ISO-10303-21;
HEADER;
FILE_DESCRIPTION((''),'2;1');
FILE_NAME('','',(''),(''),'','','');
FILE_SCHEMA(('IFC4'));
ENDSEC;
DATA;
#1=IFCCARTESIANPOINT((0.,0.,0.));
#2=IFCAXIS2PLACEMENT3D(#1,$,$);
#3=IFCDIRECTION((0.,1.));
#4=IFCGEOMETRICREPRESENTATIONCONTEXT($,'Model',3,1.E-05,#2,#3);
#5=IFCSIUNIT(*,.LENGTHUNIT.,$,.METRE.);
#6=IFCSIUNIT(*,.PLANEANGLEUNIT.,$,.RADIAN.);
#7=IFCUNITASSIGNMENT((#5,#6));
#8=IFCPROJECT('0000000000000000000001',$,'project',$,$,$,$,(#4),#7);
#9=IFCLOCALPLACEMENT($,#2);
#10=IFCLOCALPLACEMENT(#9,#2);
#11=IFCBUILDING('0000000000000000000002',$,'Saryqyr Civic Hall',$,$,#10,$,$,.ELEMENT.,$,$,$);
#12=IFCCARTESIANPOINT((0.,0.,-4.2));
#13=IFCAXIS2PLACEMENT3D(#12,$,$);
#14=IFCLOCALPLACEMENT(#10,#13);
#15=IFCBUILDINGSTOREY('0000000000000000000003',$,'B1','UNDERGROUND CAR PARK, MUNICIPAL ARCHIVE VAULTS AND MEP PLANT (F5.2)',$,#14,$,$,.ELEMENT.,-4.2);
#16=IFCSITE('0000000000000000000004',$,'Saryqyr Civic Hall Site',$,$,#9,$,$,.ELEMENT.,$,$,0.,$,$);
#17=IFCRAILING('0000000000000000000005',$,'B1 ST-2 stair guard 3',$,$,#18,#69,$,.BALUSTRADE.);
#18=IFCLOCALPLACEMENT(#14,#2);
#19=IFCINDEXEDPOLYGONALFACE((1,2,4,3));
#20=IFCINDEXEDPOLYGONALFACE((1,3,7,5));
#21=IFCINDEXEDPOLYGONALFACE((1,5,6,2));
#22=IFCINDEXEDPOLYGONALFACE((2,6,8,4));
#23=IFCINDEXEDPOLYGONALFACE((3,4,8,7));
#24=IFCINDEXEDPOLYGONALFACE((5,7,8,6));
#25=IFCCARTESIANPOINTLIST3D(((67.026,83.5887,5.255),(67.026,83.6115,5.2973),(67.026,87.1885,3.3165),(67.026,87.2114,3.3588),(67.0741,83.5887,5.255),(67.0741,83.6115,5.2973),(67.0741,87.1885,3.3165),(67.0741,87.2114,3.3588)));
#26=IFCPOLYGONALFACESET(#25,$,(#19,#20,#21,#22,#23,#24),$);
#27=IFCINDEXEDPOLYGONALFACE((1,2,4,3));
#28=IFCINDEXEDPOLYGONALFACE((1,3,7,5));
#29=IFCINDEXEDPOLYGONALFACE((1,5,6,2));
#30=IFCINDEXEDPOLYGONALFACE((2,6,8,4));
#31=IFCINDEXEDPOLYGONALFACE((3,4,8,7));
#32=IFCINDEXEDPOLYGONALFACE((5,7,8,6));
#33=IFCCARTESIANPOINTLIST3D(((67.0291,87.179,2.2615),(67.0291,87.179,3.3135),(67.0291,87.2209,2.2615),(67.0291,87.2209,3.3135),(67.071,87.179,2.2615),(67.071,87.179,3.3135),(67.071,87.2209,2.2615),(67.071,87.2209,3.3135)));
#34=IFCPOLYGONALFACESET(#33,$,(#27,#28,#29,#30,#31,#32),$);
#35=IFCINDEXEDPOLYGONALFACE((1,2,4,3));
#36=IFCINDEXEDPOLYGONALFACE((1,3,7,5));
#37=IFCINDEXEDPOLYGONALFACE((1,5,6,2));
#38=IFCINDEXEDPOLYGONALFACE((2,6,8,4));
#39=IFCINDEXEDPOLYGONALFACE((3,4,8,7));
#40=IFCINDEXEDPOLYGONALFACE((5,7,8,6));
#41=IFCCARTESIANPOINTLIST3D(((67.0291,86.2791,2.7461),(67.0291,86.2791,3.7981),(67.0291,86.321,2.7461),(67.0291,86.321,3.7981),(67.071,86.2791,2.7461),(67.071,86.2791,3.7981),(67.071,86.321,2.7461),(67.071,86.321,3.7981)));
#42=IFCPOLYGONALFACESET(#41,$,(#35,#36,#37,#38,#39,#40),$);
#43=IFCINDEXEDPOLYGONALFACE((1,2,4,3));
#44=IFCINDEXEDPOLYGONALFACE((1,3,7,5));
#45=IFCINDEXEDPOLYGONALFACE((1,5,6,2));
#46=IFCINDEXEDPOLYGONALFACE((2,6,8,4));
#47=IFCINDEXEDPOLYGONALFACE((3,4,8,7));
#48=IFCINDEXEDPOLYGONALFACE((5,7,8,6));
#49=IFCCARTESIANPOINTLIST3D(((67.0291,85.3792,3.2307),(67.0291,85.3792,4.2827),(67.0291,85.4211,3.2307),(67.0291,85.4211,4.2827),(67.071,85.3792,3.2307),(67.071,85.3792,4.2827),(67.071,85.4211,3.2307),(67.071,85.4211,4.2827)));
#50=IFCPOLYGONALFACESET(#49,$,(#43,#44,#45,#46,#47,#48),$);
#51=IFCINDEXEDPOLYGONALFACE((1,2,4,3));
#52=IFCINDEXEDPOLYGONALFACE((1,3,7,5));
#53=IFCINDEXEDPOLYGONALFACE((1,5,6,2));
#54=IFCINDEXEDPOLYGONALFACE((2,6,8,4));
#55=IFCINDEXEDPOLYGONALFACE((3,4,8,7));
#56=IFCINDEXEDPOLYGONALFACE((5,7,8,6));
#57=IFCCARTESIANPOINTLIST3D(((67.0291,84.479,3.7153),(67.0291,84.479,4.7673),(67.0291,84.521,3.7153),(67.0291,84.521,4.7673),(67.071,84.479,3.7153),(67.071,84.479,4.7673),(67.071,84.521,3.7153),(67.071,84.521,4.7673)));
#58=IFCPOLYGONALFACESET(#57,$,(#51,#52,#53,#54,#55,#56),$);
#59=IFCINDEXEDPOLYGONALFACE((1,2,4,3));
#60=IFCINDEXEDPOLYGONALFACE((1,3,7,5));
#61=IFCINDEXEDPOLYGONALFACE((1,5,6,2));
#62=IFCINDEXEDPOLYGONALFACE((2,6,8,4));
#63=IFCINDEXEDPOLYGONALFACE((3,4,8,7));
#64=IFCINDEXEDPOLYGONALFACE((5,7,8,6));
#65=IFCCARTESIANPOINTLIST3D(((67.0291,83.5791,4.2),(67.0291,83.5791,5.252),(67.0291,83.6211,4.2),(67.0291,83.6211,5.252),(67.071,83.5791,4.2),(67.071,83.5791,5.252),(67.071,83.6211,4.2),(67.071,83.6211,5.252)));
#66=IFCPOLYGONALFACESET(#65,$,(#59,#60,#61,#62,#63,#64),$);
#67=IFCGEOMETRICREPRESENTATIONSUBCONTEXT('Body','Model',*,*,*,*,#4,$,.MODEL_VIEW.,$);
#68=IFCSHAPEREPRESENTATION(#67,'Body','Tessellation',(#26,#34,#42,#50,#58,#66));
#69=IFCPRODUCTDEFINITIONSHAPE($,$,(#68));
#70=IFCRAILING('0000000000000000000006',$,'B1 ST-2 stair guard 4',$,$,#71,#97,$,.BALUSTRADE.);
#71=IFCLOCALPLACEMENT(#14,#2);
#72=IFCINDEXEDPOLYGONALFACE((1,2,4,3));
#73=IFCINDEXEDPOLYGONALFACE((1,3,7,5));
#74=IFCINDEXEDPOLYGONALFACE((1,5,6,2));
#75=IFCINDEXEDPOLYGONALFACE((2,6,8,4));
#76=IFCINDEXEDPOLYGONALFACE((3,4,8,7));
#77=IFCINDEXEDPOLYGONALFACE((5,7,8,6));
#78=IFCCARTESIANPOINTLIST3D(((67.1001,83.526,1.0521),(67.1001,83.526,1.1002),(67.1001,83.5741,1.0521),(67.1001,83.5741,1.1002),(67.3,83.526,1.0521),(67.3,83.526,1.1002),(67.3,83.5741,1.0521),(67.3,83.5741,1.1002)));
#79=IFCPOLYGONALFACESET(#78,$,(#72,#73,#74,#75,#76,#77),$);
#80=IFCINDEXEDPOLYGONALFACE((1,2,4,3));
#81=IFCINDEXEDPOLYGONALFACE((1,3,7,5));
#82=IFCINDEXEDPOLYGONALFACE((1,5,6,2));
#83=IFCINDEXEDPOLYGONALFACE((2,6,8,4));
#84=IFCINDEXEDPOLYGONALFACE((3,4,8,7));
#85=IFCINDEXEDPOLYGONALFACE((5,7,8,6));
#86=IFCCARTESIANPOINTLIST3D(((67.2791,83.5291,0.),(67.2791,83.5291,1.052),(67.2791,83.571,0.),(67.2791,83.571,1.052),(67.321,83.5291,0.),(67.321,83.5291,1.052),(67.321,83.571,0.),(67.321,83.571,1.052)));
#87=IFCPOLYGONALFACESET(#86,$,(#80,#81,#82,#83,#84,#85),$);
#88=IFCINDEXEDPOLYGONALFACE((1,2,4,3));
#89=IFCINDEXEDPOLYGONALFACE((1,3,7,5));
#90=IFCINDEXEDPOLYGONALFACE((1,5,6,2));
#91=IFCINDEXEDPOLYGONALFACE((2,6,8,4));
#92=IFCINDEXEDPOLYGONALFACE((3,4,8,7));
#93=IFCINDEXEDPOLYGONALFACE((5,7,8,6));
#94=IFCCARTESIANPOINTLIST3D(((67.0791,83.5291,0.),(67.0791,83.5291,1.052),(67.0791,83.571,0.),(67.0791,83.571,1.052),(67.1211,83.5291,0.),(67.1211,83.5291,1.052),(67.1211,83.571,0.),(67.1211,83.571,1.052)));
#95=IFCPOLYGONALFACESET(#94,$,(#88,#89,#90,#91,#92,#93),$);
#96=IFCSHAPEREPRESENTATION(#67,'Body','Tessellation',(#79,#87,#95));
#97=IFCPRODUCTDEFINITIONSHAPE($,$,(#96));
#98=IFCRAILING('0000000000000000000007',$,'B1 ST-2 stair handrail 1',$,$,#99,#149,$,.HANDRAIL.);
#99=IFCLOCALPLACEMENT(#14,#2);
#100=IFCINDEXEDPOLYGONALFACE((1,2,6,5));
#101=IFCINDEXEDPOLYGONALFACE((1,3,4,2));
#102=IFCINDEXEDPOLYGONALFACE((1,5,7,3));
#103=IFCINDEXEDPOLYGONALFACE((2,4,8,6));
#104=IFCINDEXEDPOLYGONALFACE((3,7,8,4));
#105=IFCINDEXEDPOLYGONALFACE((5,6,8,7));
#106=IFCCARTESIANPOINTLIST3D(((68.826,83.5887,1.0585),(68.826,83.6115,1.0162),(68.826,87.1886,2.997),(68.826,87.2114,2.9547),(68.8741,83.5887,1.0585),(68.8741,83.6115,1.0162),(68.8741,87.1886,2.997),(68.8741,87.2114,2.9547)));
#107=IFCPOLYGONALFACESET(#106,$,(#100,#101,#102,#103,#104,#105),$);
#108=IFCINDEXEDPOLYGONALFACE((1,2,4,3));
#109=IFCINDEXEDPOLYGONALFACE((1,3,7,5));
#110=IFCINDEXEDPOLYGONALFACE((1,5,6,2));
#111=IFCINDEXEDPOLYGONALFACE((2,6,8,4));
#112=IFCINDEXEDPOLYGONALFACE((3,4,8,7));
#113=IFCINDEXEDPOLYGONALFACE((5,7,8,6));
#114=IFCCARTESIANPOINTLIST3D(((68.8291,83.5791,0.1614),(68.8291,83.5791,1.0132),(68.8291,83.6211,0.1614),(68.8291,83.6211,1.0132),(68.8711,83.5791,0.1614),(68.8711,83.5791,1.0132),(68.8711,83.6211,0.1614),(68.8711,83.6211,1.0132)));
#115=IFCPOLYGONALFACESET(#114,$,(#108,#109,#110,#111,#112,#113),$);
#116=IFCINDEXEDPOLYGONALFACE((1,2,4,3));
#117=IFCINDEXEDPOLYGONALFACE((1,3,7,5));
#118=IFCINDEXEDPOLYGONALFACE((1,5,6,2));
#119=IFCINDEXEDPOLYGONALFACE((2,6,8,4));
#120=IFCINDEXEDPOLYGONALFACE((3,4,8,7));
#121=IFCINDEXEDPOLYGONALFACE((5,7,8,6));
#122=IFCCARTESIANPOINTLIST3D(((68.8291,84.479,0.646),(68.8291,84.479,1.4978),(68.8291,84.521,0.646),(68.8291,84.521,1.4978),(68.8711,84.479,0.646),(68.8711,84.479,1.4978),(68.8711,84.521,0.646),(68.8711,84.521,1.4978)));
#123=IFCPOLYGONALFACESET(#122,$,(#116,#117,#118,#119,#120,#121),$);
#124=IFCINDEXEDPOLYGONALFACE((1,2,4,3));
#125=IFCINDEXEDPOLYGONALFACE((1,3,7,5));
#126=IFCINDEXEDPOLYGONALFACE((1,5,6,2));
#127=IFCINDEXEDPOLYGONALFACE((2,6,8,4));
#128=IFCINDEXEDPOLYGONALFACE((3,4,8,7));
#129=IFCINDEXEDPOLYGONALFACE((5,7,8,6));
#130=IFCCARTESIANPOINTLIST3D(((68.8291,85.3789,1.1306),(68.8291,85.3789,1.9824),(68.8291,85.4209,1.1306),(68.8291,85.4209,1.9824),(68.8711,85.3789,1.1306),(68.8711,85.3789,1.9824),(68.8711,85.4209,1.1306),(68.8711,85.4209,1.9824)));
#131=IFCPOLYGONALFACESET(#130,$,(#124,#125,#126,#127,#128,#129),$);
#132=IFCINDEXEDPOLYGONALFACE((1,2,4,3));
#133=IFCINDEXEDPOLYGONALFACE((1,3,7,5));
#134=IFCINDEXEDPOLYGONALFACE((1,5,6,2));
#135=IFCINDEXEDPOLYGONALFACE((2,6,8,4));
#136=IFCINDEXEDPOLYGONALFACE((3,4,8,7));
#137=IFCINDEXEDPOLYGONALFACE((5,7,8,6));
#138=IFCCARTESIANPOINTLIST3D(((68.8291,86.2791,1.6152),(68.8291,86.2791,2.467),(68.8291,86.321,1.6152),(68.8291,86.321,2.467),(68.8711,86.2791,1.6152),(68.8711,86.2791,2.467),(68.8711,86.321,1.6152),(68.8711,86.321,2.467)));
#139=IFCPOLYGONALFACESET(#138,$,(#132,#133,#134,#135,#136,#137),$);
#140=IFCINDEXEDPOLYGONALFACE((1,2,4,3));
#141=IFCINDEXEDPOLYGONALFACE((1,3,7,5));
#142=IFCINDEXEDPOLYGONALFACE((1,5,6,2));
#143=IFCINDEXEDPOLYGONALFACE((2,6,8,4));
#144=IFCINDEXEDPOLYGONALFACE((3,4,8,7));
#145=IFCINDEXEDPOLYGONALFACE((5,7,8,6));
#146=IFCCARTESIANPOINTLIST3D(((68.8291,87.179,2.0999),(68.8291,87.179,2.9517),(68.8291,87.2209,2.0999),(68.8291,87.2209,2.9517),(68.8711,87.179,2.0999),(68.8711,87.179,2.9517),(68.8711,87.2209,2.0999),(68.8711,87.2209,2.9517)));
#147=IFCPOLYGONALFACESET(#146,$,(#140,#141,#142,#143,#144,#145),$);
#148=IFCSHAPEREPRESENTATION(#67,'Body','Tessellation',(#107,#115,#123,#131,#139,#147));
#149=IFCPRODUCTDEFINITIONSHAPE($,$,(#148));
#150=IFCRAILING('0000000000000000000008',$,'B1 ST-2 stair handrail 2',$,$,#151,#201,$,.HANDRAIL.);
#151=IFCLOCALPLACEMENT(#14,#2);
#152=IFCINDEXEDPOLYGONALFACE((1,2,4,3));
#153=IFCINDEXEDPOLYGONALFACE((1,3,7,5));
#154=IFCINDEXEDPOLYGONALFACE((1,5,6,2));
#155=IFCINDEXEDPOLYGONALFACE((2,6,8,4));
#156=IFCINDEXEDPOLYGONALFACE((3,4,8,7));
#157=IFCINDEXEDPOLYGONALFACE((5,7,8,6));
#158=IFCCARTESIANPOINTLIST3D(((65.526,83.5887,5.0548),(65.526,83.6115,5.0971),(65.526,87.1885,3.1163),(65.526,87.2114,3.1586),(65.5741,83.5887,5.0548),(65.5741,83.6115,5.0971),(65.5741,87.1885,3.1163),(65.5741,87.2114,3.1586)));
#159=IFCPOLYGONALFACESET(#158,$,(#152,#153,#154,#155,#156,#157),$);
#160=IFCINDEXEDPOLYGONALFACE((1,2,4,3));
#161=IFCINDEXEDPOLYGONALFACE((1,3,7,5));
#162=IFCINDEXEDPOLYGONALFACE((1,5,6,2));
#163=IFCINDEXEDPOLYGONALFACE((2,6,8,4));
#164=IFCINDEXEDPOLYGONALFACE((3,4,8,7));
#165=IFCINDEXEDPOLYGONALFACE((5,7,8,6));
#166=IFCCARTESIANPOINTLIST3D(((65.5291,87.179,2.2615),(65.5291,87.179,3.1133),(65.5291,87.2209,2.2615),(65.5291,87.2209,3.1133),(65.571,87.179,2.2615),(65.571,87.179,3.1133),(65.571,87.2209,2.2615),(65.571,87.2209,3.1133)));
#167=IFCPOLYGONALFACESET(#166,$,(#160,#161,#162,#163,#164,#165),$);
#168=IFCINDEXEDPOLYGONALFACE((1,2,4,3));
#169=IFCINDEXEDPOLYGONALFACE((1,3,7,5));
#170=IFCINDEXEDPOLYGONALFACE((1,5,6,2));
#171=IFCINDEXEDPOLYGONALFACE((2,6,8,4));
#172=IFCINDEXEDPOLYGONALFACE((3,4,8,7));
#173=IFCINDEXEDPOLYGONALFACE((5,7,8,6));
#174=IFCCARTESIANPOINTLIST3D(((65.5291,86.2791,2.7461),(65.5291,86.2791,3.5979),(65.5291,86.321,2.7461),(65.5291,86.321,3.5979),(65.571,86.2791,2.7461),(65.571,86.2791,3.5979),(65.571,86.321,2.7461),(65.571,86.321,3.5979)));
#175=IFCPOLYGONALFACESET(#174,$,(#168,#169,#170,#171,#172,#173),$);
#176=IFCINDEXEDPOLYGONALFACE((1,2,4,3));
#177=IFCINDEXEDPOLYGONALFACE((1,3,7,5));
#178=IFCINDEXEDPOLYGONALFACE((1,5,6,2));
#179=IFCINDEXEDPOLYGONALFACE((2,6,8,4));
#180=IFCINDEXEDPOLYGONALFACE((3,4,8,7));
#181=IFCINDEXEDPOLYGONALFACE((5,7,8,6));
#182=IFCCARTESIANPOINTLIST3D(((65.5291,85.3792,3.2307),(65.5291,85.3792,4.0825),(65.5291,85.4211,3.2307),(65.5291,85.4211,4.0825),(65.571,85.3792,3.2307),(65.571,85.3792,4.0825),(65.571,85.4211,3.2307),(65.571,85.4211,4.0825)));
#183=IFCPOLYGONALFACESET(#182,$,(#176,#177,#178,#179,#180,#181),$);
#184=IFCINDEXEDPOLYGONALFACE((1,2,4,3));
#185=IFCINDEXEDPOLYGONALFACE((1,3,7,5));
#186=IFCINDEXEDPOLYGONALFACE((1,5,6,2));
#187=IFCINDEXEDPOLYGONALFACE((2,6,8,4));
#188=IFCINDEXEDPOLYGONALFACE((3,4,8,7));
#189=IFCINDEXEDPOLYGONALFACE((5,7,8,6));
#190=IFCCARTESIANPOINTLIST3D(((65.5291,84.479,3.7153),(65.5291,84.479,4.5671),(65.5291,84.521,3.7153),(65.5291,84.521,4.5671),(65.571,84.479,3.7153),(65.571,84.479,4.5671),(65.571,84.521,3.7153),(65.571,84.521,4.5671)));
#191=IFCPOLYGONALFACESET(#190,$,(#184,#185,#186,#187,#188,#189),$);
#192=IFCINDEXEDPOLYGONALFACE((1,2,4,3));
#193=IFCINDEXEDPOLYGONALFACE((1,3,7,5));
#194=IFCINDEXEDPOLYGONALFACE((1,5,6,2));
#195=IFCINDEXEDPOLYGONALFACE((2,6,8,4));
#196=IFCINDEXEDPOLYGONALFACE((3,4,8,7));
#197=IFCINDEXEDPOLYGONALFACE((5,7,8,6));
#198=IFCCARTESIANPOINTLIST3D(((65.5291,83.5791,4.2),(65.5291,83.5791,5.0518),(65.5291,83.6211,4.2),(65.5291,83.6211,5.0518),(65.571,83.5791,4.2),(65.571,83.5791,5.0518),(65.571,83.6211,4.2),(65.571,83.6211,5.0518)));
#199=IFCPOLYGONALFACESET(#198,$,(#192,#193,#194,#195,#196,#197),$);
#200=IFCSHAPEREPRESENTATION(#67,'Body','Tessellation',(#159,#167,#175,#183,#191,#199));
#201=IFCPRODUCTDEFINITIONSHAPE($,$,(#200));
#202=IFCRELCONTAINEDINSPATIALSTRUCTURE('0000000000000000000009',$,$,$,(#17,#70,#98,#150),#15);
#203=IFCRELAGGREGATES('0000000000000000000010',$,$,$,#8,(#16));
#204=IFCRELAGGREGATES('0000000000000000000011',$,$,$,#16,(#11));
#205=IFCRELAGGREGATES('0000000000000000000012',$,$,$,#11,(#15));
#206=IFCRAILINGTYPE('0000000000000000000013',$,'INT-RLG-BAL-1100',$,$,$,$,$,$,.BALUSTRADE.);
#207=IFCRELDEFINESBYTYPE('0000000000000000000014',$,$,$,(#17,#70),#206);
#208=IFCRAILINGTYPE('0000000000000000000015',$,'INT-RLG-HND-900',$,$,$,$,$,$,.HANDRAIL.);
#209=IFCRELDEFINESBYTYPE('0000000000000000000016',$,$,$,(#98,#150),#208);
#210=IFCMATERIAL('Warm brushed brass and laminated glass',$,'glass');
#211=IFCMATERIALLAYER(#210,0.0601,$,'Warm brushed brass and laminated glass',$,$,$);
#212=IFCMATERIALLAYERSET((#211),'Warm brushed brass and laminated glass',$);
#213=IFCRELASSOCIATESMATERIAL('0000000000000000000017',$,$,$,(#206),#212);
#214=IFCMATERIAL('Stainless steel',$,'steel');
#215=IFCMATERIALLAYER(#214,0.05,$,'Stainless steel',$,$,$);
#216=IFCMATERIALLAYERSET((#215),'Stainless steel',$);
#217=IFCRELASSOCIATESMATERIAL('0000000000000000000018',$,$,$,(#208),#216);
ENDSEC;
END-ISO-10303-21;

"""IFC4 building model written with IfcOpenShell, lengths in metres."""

from ifc_helpers import new_model, si_unit, direction, frame, origin, origin_2d, place, context, subcontext, project, spatial, rectangle, extrude, material, layer, layer_set, type_object, element, save


model = new_model("IFC4")

# Units and contexts
model_context = context("Model", 3, precision=1e-05, world=origin(), true_north=direction((0.0, 1.0)))
body_context = subcontext(model_context, "Body", "Model", "MODEL_VIEW")
ifc_project = project(units=[si_unit("LENGTHUNIT", "METRE"), si_unit("PLANEANGLEUNIT", "RADIAN")], contexts=[model_context])

# Site, building, storey
site_placement = place(None, origin())
site = spatial("IfcSite", under=ifc_project, at=site_placement, Name="Saryqyr Civic Hall Site", CompositionType="ELEMENT", RefElevation=0.0)
building_placement = place(site_placement, origin())
building = spatial("IfcBuilding", under=site, at=building_placement, Name="Saryqyr Civic Hall", CompositionType="ELEMENT")
storey_placement = place(building_placement, frame((0.0, 0.0, -4.2)))
storey = spatial("IfcBuildingStorey", under=building, at=storey_placement, Name="B1", Description="UNDERGROUND CAR PARK, MUNICIPAL ARCHIVE VAULTS AND MEP PLANT (F5.2)", CompositionType="ELEMENT", Elevation=-4.2)

# Railings
ifc_material_1 = material(Name="Warm brushed brass and laminated glass", Category="glass")
ifc_layer_1 = layer(ifc_material_1, 0.0601, Name="Warm brushed brass and laminated glass")
ifc_layer_set_1 = layer_set([ifc_layer_1], Name="Warm brushed brass and laminated glass")
railing_type_1 = type_object("IfcRailingType", Name="INT-RLG-BAL-1100", PredefinedType="BALUSTRADE", material=ifc_layer_set_1)
railing_1_placement = place(storey_placement, frame((67.05, 87.2, 2.2615)))
element("IfcRailing", 1, at=railing_1_placement, inside=storey, type_object=railing_type_1, Name="B1 ST-2 stair guard 3", PredefinedType="BALUSTRADE", context=body_context, shape_type="SweptSolid", body=[
    extrude(rectangle(XDim=0.0481, YDim=0.0481, at=origin_2d()), frame((0.0, 0.0, 1.0762), z_axis=(0.0, -0.880462, 0.474118), x_axis=(1.0, 0.0, 0.0)), (0.0, 0.0, 1.0), 4.0886),
    extrude(rectangle(XDim=0.042, YDim=0.042, at=origin_2d()), origin(), (0.0, 0.0, 1.0), 1.052),
    extrude(rectangle(XDim=0.042, YDim=0.042, at=origin_2d()), frame((0.0, -0.8999, 0.4846)), (0.0, 0.0, 1.0), 1.052),
    extrude(rectangle(XDim=0.042, YDim=0.042, at=origin_2d()), frame((0.0, -1.7998, 0.9692)), (0.0, 0.0, 1.0), 1.052),
    extrude(rectangle(XDim=0.042, YDim=0.042, at=origin_2d()), frame((0.0, -2.7, 1.4539)), (0.0, 0.0, 1.0), 1.052),
    extrude(rectangle(XDim=0.042, YDim=0.042, at=origin_2d()), frame((0.0, -3.5999, 1.9385)), (0.0, 0.0, 1.0), 1.052),
])
railing_2_placement = place(storey_placement, frame((67.3, 83.55, 0.0)))
element("IfcRailing", 2, at=railing_2_placement, inside=storey, type_object=railing_type_1, Name="B1 ST-2 stair guard 4", PredefinedType="BALUSTRADE", context=body_context, shape_type="SweptSolid", body=[
    extrude(rectangle(XDim=0.0481, YDim=0.0481, at=origin_2d()), frame((0.0, 0.0, 1.0762), z_axis=(-1.0, 0.0, 0.0), x_axis=(0.0, -1.0, 0.0)), (0.0, 0.0, 1.0), 0.2),
    extrude(rectangle(XDim=0.042, YDim=0.042, at=origin_2d()), origin(), (0.0, 0.0, 1.0), 1.052),
    extrude(rectangle(XDim=0.042, YDim=0.042, at=origin_2d()), frame((-0.2, 0.0, 0.0)), (0.0, 0.0, 1.0), 1.052),
])
ifc_material_2 = material(Name="Stainless steel", Category="steel")
ifc_layer_2 = layer(ifc_material_2, 0.05, Name="Stainless steel")
ifc_layer_set_2 = layer_set([ifc_layer_2], Name="Stainless steel")
railing_type_2 = type_object("IfcRailingType", Name="INT-RLG-HND-900", PredefinedType="HANDRAIL", material=ifc_layer_set_2)
railing_3_placement = place(storey_placement, frame((68.8501, 83.6001, 0.1614)))
element("IfcRailing", 3, at=railing_3_placement, inside=storey, type_object=railing_type_2, Name="B1 ST-2 stair handrail 1", PredefinedType="HANDRAIL", context=body_context, shape_type="SweptSolid", body=[
    extrude(rectangle(XDim=0.0481, YDim=0.0481, at=origin_2d()), frame((0.0, 0.0, 0.876), z_axis=(0.0, 0.880462, 0.474118), x_axis=(-1.0, 0.0, 0.0)), (0.0, 0.0, 1.0), 4.0886),
    extrude(rectangle(XDim=0.042, YDim=0.042, at=origin_2d()), origin(), (0.0, 0.0, 1.0), 0.8518),
    extrude(rectangle(XDim=0.042, YDim=0.042, at=origin_2d()), frame((0.0, 0.8999, 0.4846)), (0.0, 0.0, 1.0), 0.8518),
    extrude(rectangle(XDim=0.042, YDim=0.042, at=origin_2d()), frame((0.0, 1.7998, 0.9692)), (0.0, 0.0, 1.0), 0.8518),
    extrude(rectangle(XDim=0.042, YDim=0.042, at=origin_2d()), frame((0.0, 2.7, 1.4539)), (0.0, 0.0, 1.0), 0.8518),
    extrude(rectangle(XDim=0.042, YDim=0.042, at=origin_2d()), frame((0.0, 3.5999, 1.9385)), (0.0, 0.0, 1.0), 0.8518),
])
railing_4_placement = place(storey_placement, frame((65.55, 87.2, 2.2615)))
element("IfcRailing", 4, at=railing_4_placement, inside=storey, type_object=railing_type_2, Name="B1 ST-2 stair handrail 2", PredefinedType="HANDRAIL", context=body_context, shape_type="SweptSolid", body=[
    extrude(rectangle(XDim=0.0481, YDim=0.0481, at=origin_2d()), frame((0.0, 0.0, 0.876), z_axis=(0.0, -0.880462, 0.474118), x_axis=(1.0, 0.0, 0.0)), (0.0, 0.0, 1.0), 4.0886),
    extrude(rectangle(XDim=0.042, YDim=0.042, at=origin_2d()), origin(), (0.0, 0.0, 1.0), 0.8518),
    extrude(rectangle(XDim=0.042, YDim=0.042, at=origin_2d()), frame((0.0, -0.8999, 0.4846)), (0.0, 0.0, 1.0), 0.8518),
    extrude(rectangle(XDim=0.042, YDim=0.042, at=origin_2d()), frame((0.0, -1.7998, 0.9692)), (0.0, 0.0, 1.0), 0.8518),
    extrude(rectangle(XDim=0.042, YDim=0.042, at=origin_2d()), frame((0.0, -2.7, 1.4539)), (0.0, 0.0, 1.0), 0.8518),
    extrude(rectangle(XDim=0.042, YDim=0.042, at=origin_2d()), frame((0.0, -3.5999, 1.9385)), (0.0, 0.0, 1.0), 0.8518),
])

save(model, "model.ifc")
